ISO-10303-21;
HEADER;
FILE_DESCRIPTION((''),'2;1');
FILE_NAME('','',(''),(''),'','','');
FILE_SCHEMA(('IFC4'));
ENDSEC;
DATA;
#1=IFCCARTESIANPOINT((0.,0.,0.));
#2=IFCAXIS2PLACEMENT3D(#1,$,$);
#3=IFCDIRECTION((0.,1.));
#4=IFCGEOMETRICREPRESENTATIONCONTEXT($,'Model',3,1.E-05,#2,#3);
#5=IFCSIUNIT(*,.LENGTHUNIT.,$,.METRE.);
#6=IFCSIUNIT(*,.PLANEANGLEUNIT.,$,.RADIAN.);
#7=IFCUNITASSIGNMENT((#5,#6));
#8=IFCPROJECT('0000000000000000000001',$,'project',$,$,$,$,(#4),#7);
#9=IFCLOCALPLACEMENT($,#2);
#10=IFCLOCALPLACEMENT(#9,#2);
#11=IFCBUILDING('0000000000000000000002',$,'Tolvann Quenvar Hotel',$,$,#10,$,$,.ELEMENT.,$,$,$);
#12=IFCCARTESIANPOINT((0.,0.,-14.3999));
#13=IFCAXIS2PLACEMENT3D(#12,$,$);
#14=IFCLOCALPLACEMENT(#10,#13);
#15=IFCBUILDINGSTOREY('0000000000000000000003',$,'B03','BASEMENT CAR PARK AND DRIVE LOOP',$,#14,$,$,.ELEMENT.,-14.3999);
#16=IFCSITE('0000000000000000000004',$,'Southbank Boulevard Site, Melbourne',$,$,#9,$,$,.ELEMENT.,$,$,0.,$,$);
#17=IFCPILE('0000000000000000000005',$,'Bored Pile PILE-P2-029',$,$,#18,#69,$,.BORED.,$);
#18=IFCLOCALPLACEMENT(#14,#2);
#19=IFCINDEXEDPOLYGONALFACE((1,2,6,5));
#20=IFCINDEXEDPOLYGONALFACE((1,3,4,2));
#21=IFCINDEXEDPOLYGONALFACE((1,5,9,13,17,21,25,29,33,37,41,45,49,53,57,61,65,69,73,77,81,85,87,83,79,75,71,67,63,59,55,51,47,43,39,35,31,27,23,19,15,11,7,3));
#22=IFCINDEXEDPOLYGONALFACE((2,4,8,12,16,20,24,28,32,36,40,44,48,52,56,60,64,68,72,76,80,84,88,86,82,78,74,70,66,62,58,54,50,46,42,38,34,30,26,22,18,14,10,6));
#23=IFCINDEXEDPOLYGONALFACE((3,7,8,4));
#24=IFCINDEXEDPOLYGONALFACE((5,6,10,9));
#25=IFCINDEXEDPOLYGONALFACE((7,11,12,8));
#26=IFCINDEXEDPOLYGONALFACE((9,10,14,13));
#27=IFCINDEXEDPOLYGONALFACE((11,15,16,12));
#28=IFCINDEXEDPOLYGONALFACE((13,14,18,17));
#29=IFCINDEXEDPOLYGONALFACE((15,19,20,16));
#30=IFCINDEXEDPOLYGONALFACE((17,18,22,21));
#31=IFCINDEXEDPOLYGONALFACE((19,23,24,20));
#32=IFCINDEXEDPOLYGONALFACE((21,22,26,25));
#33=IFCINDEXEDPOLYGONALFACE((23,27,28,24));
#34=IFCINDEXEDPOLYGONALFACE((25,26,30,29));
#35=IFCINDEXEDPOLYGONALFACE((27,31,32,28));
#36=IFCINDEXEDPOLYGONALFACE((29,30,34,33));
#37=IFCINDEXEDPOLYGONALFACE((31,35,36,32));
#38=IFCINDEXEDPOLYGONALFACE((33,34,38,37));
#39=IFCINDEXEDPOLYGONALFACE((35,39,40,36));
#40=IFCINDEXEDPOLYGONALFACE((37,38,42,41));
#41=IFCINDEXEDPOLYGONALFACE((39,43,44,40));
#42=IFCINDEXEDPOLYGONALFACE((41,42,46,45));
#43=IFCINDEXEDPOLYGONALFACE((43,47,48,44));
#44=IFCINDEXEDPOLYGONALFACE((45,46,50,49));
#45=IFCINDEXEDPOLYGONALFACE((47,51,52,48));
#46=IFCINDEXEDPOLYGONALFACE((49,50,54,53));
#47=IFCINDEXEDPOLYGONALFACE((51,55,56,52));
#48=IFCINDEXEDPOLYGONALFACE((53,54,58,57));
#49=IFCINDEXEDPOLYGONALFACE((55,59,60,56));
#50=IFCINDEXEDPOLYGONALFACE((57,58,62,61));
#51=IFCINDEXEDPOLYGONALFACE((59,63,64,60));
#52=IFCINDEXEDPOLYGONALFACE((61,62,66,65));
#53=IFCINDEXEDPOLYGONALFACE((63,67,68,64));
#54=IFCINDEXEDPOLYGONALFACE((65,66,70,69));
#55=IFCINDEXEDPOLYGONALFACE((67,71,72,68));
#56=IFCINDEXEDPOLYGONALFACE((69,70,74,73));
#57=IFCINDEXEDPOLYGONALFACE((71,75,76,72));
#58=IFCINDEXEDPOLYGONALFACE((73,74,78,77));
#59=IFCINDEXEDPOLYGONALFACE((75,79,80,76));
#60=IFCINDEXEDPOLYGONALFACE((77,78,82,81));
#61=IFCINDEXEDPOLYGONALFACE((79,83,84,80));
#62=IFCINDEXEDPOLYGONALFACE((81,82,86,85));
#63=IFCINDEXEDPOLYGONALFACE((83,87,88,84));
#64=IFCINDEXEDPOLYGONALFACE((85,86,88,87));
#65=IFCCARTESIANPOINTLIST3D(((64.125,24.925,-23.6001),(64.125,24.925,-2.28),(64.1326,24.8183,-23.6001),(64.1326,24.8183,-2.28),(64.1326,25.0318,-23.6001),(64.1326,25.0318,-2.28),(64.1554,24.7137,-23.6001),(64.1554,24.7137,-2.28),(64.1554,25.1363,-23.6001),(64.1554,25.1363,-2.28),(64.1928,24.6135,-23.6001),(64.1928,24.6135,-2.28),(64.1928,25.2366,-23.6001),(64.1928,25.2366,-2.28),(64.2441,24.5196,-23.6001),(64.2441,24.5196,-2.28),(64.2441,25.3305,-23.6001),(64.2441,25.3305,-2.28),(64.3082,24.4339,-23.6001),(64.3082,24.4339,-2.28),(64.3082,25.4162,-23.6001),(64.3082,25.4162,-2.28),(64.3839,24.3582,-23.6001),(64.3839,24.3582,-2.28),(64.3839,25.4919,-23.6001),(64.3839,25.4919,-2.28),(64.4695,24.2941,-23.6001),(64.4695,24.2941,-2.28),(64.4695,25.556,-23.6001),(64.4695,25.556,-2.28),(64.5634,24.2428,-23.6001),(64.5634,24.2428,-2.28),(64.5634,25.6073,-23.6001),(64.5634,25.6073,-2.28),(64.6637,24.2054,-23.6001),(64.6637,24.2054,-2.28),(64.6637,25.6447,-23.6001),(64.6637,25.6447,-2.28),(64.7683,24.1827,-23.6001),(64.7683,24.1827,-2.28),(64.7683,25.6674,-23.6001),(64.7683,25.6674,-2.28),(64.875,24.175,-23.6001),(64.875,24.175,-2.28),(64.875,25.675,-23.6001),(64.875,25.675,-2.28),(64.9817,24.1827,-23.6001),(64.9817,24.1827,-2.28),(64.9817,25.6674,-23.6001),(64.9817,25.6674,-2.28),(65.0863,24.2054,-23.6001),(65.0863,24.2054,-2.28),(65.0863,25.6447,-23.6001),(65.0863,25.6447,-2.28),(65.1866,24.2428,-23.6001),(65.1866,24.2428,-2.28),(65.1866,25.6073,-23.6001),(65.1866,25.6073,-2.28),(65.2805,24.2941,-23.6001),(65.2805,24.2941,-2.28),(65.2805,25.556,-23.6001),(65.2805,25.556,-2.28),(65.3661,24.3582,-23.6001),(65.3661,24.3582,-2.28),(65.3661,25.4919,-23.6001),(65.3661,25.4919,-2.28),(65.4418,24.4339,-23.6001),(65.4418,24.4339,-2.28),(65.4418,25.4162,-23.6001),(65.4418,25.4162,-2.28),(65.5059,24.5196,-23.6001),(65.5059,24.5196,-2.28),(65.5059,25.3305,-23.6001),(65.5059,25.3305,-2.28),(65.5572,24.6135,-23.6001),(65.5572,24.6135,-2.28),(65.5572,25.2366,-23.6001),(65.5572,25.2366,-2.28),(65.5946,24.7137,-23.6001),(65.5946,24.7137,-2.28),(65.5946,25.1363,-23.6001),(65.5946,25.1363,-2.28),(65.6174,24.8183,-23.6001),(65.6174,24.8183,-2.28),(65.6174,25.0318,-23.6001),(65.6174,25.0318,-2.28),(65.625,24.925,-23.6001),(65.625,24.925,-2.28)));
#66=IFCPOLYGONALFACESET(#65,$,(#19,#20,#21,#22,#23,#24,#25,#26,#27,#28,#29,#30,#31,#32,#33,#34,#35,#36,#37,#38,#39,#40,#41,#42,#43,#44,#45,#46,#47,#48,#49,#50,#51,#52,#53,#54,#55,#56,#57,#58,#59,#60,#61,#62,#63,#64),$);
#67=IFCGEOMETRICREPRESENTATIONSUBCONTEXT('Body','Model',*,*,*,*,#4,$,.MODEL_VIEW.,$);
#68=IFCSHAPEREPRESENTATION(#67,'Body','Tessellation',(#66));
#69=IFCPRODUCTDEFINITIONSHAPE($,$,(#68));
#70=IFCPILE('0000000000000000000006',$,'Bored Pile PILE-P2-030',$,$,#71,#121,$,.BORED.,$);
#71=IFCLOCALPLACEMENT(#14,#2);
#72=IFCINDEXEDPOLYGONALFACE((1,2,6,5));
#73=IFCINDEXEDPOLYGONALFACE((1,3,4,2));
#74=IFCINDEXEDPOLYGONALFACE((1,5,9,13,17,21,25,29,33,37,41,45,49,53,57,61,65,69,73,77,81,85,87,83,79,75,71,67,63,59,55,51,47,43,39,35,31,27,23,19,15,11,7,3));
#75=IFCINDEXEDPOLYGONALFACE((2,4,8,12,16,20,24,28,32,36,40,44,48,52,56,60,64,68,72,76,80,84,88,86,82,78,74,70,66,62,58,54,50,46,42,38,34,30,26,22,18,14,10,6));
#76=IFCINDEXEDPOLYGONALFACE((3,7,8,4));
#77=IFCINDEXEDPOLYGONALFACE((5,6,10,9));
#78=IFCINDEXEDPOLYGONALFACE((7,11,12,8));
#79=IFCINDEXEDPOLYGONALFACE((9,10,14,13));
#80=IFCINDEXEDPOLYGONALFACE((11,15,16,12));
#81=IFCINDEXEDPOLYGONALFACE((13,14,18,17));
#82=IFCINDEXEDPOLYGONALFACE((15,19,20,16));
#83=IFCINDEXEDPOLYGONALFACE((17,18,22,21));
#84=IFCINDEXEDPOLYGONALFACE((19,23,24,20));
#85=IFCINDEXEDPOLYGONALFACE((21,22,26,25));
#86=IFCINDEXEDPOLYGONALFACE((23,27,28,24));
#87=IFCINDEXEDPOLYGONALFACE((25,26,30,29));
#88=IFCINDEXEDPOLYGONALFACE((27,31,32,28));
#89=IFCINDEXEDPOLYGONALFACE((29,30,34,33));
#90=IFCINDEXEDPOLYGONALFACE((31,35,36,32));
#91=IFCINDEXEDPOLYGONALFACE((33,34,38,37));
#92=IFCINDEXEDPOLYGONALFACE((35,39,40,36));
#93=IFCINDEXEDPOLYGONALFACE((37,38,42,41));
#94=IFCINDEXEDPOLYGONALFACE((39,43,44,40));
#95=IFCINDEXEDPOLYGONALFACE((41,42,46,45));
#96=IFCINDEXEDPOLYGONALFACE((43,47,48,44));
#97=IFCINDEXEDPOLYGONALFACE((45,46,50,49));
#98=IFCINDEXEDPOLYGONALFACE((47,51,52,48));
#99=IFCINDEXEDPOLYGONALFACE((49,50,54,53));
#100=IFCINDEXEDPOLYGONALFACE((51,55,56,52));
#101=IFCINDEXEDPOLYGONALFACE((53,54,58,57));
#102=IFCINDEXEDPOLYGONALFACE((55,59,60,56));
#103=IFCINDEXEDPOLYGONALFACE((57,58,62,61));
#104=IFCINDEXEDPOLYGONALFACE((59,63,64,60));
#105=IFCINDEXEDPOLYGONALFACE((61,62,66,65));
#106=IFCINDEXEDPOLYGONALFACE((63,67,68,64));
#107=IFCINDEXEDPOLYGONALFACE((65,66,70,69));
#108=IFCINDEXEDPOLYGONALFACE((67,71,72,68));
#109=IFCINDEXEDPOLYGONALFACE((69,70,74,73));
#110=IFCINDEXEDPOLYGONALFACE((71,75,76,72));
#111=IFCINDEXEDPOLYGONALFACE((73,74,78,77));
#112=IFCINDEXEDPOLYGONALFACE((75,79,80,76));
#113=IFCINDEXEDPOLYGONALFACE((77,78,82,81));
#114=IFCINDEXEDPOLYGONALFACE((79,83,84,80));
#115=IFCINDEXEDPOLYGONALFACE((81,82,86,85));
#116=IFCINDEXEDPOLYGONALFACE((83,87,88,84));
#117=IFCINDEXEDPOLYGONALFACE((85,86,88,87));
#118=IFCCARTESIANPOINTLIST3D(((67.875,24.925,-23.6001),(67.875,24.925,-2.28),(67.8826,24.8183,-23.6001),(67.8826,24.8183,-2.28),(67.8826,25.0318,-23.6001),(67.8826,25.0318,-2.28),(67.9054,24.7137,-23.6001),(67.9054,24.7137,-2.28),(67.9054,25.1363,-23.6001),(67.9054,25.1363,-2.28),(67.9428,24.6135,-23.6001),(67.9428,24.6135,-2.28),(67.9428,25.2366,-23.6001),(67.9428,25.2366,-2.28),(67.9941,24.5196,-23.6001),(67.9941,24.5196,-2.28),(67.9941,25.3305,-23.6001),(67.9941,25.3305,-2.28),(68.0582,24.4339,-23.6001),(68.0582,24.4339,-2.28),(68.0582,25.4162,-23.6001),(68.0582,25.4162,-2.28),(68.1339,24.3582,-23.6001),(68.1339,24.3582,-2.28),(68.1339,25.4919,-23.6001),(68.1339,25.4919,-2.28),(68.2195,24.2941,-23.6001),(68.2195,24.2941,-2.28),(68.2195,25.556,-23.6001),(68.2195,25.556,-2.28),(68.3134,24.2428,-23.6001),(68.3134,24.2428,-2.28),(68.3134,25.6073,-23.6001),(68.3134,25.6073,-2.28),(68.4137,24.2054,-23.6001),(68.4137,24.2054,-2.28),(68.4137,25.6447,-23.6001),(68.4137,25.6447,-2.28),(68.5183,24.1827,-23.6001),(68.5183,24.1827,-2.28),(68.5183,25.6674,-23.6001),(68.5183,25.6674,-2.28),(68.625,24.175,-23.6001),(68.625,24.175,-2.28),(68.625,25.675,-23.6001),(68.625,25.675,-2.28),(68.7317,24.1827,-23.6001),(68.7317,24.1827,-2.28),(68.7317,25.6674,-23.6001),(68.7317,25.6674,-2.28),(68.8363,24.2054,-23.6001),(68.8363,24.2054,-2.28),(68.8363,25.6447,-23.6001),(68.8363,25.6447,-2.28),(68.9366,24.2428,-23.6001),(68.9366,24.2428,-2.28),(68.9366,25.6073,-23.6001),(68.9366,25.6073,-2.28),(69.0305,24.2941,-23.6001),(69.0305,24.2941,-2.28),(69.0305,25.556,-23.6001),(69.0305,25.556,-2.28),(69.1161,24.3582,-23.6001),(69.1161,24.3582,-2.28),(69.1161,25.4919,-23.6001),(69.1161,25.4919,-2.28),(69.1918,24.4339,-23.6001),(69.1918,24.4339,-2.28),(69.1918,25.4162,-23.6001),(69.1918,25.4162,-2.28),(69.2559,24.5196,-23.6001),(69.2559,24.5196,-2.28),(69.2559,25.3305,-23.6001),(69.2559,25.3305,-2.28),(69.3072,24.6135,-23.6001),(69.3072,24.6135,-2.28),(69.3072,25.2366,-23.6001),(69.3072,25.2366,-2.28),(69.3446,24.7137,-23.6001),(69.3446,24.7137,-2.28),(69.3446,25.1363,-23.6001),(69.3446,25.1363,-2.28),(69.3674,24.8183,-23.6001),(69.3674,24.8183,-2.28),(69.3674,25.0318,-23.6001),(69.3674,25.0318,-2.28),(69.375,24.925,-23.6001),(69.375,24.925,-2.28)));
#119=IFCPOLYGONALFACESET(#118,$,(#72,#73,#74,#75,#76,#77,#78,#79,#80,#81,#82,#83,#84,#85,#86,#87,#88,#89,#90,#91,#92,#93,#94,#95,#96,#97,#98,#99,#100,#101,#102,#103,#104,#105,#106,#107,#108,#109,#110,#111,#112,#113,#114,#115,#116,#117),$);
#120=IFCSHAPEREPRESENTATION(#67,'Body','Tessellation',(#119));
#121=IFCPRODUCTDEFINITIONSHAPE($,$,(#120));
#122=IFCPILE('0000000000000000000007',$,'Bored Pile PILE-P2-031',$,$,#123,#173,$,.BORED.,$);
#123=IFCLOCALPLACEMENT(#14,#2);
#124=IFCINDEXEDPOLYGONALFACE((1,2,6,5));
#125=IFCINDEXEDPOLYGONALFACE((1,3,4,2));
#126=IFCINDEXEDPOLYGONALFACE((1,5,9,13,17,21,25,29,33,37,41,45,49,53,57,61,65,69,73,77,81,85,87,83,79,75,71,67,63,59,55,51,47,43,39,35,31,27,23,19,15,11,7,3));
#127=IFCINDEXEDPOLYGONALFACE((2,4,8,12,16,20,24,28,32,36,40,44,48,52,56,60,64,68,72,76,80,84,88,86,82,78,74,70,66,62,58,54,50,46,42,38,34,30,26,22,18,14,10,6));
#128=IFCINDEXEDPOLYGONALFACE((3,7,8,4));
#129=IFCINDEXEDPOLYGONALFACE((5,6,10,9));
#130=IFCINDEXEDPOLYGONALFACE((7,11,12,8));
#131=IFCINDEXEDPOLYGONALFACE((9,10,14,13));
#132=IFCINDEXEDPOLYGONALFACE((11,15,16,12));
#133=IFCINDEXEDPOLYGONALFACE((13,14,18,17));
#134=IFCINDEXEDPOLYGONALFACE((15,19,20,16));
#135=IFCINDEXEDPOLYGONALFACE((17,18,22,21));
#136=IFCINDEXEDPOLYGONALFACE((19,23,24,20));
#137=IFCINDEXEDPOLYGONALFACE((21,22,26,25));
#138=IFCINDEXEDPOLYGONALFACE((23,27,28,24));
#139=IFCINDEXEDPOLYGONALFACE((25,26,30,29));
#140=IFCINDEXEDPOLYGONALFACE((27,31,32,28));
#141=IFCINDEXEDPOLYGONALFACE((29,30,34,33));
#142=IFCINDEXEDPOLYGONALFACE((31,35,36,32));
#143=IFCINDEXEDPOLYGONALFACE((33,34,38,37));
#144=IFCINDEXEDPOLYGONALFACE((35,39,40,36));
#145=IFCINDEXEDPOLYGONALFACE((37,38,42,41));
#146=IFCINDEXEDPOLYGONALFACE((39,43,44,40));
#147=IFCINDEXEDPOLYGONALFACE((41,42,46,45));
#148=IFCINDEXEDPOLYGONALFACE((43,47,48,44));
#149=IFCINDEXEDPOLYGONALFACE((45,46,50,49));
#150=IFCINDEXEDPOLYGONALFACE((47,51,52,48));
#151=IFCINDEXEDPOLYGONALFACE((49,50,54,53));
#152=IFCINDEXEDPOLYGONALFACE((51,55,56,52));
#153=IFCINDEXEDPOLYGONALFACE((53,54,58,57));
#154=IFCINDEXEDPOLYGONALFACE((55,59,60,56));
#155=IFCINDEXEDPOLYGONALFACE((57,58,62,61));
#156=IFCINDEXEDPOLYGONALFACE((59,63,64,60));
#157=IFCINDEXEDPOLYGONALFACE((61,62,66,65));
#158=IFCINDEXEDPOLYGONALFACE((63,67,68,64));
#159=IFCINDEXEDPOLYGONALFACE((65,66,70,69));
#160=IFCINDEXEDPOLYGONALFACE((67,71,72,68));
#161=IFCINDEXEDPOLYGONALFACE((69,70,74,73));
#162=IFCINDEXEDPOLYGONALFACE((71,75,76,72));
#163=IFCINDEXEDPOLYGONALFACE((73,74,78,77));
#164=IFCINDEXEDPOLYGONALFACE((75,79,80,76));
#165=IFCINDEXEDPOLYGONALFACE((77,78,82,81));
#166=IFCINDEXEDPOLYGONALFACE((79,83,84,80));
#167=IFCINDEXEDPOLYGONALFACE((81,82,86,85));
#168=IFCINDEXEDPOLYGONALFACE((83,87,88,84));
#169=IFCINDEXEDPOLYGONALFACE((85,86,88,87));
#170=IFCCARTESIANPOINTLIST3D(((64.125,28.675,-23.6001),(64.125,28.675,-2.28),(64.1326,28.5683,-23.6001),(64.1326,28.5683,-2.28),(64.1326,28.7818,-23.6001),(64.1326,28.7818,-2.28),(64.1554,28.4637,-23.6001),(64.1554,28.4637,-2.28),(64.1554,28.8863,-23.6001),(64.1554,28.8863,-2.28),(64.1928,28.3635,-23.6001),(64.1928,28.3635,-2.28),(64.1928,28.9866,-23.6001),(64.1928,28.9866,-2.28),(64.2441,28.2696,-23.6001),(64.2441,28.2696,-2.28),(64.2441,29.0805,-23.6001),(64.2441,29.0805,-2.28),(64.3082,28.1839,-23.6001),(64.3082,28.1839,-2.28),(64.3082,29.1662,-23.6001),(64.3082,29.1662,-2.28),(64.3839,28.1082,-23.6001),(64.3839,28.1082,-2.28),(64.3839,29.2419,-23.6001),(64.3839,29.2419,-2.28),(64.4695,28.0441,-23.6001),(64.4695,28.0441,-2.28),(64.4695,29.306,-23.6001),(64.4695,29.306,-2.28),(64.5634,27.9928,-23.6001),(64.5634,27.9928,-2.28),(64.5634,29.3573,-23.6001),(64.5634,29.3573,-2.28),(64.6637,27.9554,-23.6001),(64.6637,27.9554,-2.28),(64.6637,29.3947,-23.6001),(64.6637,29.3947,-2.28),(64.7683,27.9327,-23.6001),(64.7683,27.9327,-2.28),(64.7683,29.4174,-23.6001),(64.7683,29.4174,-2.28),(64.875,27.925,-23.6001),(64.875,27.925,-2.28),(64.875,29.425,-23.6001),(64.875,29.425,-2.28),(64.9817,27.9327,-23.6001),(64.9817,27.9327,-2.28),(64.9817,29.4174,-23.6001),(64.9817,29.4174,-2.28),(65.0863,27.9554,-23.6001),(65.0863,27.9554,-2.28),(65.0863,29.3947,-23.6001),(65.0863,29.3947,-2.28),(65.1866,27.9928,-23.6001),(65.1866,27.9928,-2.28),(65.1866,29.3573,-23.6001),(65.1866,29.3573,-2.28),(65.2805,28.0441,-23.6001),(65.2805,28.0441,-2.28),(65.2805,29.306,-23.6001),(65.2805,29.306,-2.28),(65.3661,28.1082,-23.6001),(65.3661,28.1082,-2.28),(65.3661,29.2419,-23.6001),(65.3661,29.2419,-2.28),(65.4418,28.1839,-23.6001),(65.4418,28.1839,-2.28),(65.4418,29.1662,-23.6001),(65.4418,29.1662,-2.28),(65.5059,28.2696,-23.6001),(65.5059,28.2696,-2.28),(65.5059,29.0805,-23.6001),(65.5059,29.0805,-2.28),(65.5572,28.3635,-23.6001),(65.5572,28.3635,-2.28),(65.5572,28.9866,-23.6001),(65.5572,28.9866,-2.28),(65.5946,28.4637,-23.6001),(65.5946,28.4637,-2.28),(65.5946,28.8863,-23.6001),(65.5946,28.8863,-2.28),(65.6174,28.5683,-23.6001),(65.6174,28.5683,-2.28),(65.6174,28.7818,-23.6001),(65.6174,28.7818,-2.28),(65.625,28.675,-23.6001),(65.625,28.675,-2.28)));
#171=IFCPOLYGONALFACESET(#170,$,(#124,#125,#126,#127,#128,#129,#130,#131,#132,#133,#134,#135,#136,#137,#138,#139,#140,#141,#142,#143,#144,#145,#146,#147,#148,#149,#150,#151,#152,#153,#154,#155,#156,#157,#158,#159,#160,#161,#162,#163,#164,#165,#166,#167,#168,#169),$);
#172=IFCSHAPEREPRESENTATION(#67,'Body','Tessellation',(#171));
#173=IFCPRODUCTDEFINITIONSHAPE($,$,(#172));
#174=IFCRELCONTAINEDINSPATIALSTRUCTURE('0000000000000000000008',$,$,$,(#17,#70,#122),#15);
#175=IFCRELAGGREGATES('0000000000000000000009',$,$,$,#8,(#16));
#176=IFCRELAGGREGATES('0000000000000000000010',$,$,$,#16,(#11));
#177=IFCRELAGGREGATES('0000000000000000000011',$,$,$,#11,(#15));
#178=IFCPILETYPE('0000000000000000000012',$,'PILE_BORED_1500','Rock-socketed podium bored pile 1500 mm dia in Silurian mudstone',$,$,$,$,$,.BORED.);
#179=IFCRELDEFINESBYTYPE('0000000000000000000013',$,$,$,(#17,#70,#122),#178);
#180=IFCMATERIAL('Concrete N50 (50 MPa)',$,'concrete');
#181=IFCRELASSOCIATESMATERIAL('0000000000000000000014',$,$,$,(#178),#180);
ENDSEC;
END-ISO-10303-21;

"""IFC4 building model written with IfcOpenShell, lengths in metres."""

from ifc_helpers import new_model, si_unit, direction, frame, origin, origin_2d, place, context, subcontext, project, spatial, circle, extrude, material, material_profile, profile_set, type_object, element, save


model = new_model("IFC4")

# Units and contexts
model_context = context("Model", 3, precision=1e-05, world=origin(), true_north=direction((0.0, 1.0)))
body_context = subcontext(model_context, "Body", "Model", "MODEL_VIEW")
ifc_project = project(units=[si_unit("LENGTHUNIT", "METRE"), si_unit("PLANEANGLEUNIT", "RADIAN")], contexts=[model_context])

# Site, building, storey
site_placement = place(None, origin())
site = spatial("IfcSite", under=ifc_project, at=site_placement, Name="Southbank Boulevard Site, Melbourne", CompositionType="ELEMENT", RefElevation=0.0)
building_placement = place(site_placement, origin())
building = spatial("IfcBuilding", under=site, at=building_placement, Name="Tolvann Quenvar Hotel", CompositionType="ELEMENT")
storey_placement = place(building_placement, frame((0.0, 0.0, -14.3999)))
storey = spatial("IfcBuildingStorey", under=building, at=storey_placement, Name="B03", Description="BASEMENT CAR PARK AND DRIVE LOOP", CompositionType="ELEMENT", Elevation=-14.3999)

# Piles
ifc_material_1 = material(Name="Concrete N50 (50 MPa)", Category="concrete")
ifc_material_profile_1 = material_profile(ifc_material_1, circle(Radius=0.75, at=origin_2d()), Name="PILE1500")
ifc_profile_set_1 = profile_set([ifc_material_profile_1], Name="Concrete N50 (50 MPa)")
pile_type_1 = type_object("IfcPileType", Name="PILE_BORED_1500", Description="Rock-socketed podium bored pile 1500 mm dia in Silurian mudstone", PredefinedType="BORED", material=ifc_profile_set_1)
for number, where, z_axis, x_axis, name in (
    (1, (64.875, 24.925, -2.28), (0.0, 0.0, -1.0), (1.0, 0.0, 0.0), "Bored Pile PILE-P2-029"),
    (2, (68.625, 24.925, -2.28), (0.0, 0.0, -1.0), (1.0, 0.0, 0.0), "Bored Pile PILE-P2-030"),
    (3, (64.875, 28.675, -2.28), (0.0, 0.0, -1.0), (1.0, 0.0, 0.0), "Bored Pile PILE-P2-031"),
):
    element("IfcPile", number, at=place(storey_placement, frame(where, z_axis=z_axis, x_axis=x_axis)), inside=storey, type_object=pile_type_1, Name=name, PredefinedType="BORED", context=body_context, shape_type="SweptSolid", body=[
        extrude(circle(Radius=0.75, at=origin_2d()), origin(), (0.0, 0.0, 1.0), 21.3201),
    ])

save(model, "model.ifc")
